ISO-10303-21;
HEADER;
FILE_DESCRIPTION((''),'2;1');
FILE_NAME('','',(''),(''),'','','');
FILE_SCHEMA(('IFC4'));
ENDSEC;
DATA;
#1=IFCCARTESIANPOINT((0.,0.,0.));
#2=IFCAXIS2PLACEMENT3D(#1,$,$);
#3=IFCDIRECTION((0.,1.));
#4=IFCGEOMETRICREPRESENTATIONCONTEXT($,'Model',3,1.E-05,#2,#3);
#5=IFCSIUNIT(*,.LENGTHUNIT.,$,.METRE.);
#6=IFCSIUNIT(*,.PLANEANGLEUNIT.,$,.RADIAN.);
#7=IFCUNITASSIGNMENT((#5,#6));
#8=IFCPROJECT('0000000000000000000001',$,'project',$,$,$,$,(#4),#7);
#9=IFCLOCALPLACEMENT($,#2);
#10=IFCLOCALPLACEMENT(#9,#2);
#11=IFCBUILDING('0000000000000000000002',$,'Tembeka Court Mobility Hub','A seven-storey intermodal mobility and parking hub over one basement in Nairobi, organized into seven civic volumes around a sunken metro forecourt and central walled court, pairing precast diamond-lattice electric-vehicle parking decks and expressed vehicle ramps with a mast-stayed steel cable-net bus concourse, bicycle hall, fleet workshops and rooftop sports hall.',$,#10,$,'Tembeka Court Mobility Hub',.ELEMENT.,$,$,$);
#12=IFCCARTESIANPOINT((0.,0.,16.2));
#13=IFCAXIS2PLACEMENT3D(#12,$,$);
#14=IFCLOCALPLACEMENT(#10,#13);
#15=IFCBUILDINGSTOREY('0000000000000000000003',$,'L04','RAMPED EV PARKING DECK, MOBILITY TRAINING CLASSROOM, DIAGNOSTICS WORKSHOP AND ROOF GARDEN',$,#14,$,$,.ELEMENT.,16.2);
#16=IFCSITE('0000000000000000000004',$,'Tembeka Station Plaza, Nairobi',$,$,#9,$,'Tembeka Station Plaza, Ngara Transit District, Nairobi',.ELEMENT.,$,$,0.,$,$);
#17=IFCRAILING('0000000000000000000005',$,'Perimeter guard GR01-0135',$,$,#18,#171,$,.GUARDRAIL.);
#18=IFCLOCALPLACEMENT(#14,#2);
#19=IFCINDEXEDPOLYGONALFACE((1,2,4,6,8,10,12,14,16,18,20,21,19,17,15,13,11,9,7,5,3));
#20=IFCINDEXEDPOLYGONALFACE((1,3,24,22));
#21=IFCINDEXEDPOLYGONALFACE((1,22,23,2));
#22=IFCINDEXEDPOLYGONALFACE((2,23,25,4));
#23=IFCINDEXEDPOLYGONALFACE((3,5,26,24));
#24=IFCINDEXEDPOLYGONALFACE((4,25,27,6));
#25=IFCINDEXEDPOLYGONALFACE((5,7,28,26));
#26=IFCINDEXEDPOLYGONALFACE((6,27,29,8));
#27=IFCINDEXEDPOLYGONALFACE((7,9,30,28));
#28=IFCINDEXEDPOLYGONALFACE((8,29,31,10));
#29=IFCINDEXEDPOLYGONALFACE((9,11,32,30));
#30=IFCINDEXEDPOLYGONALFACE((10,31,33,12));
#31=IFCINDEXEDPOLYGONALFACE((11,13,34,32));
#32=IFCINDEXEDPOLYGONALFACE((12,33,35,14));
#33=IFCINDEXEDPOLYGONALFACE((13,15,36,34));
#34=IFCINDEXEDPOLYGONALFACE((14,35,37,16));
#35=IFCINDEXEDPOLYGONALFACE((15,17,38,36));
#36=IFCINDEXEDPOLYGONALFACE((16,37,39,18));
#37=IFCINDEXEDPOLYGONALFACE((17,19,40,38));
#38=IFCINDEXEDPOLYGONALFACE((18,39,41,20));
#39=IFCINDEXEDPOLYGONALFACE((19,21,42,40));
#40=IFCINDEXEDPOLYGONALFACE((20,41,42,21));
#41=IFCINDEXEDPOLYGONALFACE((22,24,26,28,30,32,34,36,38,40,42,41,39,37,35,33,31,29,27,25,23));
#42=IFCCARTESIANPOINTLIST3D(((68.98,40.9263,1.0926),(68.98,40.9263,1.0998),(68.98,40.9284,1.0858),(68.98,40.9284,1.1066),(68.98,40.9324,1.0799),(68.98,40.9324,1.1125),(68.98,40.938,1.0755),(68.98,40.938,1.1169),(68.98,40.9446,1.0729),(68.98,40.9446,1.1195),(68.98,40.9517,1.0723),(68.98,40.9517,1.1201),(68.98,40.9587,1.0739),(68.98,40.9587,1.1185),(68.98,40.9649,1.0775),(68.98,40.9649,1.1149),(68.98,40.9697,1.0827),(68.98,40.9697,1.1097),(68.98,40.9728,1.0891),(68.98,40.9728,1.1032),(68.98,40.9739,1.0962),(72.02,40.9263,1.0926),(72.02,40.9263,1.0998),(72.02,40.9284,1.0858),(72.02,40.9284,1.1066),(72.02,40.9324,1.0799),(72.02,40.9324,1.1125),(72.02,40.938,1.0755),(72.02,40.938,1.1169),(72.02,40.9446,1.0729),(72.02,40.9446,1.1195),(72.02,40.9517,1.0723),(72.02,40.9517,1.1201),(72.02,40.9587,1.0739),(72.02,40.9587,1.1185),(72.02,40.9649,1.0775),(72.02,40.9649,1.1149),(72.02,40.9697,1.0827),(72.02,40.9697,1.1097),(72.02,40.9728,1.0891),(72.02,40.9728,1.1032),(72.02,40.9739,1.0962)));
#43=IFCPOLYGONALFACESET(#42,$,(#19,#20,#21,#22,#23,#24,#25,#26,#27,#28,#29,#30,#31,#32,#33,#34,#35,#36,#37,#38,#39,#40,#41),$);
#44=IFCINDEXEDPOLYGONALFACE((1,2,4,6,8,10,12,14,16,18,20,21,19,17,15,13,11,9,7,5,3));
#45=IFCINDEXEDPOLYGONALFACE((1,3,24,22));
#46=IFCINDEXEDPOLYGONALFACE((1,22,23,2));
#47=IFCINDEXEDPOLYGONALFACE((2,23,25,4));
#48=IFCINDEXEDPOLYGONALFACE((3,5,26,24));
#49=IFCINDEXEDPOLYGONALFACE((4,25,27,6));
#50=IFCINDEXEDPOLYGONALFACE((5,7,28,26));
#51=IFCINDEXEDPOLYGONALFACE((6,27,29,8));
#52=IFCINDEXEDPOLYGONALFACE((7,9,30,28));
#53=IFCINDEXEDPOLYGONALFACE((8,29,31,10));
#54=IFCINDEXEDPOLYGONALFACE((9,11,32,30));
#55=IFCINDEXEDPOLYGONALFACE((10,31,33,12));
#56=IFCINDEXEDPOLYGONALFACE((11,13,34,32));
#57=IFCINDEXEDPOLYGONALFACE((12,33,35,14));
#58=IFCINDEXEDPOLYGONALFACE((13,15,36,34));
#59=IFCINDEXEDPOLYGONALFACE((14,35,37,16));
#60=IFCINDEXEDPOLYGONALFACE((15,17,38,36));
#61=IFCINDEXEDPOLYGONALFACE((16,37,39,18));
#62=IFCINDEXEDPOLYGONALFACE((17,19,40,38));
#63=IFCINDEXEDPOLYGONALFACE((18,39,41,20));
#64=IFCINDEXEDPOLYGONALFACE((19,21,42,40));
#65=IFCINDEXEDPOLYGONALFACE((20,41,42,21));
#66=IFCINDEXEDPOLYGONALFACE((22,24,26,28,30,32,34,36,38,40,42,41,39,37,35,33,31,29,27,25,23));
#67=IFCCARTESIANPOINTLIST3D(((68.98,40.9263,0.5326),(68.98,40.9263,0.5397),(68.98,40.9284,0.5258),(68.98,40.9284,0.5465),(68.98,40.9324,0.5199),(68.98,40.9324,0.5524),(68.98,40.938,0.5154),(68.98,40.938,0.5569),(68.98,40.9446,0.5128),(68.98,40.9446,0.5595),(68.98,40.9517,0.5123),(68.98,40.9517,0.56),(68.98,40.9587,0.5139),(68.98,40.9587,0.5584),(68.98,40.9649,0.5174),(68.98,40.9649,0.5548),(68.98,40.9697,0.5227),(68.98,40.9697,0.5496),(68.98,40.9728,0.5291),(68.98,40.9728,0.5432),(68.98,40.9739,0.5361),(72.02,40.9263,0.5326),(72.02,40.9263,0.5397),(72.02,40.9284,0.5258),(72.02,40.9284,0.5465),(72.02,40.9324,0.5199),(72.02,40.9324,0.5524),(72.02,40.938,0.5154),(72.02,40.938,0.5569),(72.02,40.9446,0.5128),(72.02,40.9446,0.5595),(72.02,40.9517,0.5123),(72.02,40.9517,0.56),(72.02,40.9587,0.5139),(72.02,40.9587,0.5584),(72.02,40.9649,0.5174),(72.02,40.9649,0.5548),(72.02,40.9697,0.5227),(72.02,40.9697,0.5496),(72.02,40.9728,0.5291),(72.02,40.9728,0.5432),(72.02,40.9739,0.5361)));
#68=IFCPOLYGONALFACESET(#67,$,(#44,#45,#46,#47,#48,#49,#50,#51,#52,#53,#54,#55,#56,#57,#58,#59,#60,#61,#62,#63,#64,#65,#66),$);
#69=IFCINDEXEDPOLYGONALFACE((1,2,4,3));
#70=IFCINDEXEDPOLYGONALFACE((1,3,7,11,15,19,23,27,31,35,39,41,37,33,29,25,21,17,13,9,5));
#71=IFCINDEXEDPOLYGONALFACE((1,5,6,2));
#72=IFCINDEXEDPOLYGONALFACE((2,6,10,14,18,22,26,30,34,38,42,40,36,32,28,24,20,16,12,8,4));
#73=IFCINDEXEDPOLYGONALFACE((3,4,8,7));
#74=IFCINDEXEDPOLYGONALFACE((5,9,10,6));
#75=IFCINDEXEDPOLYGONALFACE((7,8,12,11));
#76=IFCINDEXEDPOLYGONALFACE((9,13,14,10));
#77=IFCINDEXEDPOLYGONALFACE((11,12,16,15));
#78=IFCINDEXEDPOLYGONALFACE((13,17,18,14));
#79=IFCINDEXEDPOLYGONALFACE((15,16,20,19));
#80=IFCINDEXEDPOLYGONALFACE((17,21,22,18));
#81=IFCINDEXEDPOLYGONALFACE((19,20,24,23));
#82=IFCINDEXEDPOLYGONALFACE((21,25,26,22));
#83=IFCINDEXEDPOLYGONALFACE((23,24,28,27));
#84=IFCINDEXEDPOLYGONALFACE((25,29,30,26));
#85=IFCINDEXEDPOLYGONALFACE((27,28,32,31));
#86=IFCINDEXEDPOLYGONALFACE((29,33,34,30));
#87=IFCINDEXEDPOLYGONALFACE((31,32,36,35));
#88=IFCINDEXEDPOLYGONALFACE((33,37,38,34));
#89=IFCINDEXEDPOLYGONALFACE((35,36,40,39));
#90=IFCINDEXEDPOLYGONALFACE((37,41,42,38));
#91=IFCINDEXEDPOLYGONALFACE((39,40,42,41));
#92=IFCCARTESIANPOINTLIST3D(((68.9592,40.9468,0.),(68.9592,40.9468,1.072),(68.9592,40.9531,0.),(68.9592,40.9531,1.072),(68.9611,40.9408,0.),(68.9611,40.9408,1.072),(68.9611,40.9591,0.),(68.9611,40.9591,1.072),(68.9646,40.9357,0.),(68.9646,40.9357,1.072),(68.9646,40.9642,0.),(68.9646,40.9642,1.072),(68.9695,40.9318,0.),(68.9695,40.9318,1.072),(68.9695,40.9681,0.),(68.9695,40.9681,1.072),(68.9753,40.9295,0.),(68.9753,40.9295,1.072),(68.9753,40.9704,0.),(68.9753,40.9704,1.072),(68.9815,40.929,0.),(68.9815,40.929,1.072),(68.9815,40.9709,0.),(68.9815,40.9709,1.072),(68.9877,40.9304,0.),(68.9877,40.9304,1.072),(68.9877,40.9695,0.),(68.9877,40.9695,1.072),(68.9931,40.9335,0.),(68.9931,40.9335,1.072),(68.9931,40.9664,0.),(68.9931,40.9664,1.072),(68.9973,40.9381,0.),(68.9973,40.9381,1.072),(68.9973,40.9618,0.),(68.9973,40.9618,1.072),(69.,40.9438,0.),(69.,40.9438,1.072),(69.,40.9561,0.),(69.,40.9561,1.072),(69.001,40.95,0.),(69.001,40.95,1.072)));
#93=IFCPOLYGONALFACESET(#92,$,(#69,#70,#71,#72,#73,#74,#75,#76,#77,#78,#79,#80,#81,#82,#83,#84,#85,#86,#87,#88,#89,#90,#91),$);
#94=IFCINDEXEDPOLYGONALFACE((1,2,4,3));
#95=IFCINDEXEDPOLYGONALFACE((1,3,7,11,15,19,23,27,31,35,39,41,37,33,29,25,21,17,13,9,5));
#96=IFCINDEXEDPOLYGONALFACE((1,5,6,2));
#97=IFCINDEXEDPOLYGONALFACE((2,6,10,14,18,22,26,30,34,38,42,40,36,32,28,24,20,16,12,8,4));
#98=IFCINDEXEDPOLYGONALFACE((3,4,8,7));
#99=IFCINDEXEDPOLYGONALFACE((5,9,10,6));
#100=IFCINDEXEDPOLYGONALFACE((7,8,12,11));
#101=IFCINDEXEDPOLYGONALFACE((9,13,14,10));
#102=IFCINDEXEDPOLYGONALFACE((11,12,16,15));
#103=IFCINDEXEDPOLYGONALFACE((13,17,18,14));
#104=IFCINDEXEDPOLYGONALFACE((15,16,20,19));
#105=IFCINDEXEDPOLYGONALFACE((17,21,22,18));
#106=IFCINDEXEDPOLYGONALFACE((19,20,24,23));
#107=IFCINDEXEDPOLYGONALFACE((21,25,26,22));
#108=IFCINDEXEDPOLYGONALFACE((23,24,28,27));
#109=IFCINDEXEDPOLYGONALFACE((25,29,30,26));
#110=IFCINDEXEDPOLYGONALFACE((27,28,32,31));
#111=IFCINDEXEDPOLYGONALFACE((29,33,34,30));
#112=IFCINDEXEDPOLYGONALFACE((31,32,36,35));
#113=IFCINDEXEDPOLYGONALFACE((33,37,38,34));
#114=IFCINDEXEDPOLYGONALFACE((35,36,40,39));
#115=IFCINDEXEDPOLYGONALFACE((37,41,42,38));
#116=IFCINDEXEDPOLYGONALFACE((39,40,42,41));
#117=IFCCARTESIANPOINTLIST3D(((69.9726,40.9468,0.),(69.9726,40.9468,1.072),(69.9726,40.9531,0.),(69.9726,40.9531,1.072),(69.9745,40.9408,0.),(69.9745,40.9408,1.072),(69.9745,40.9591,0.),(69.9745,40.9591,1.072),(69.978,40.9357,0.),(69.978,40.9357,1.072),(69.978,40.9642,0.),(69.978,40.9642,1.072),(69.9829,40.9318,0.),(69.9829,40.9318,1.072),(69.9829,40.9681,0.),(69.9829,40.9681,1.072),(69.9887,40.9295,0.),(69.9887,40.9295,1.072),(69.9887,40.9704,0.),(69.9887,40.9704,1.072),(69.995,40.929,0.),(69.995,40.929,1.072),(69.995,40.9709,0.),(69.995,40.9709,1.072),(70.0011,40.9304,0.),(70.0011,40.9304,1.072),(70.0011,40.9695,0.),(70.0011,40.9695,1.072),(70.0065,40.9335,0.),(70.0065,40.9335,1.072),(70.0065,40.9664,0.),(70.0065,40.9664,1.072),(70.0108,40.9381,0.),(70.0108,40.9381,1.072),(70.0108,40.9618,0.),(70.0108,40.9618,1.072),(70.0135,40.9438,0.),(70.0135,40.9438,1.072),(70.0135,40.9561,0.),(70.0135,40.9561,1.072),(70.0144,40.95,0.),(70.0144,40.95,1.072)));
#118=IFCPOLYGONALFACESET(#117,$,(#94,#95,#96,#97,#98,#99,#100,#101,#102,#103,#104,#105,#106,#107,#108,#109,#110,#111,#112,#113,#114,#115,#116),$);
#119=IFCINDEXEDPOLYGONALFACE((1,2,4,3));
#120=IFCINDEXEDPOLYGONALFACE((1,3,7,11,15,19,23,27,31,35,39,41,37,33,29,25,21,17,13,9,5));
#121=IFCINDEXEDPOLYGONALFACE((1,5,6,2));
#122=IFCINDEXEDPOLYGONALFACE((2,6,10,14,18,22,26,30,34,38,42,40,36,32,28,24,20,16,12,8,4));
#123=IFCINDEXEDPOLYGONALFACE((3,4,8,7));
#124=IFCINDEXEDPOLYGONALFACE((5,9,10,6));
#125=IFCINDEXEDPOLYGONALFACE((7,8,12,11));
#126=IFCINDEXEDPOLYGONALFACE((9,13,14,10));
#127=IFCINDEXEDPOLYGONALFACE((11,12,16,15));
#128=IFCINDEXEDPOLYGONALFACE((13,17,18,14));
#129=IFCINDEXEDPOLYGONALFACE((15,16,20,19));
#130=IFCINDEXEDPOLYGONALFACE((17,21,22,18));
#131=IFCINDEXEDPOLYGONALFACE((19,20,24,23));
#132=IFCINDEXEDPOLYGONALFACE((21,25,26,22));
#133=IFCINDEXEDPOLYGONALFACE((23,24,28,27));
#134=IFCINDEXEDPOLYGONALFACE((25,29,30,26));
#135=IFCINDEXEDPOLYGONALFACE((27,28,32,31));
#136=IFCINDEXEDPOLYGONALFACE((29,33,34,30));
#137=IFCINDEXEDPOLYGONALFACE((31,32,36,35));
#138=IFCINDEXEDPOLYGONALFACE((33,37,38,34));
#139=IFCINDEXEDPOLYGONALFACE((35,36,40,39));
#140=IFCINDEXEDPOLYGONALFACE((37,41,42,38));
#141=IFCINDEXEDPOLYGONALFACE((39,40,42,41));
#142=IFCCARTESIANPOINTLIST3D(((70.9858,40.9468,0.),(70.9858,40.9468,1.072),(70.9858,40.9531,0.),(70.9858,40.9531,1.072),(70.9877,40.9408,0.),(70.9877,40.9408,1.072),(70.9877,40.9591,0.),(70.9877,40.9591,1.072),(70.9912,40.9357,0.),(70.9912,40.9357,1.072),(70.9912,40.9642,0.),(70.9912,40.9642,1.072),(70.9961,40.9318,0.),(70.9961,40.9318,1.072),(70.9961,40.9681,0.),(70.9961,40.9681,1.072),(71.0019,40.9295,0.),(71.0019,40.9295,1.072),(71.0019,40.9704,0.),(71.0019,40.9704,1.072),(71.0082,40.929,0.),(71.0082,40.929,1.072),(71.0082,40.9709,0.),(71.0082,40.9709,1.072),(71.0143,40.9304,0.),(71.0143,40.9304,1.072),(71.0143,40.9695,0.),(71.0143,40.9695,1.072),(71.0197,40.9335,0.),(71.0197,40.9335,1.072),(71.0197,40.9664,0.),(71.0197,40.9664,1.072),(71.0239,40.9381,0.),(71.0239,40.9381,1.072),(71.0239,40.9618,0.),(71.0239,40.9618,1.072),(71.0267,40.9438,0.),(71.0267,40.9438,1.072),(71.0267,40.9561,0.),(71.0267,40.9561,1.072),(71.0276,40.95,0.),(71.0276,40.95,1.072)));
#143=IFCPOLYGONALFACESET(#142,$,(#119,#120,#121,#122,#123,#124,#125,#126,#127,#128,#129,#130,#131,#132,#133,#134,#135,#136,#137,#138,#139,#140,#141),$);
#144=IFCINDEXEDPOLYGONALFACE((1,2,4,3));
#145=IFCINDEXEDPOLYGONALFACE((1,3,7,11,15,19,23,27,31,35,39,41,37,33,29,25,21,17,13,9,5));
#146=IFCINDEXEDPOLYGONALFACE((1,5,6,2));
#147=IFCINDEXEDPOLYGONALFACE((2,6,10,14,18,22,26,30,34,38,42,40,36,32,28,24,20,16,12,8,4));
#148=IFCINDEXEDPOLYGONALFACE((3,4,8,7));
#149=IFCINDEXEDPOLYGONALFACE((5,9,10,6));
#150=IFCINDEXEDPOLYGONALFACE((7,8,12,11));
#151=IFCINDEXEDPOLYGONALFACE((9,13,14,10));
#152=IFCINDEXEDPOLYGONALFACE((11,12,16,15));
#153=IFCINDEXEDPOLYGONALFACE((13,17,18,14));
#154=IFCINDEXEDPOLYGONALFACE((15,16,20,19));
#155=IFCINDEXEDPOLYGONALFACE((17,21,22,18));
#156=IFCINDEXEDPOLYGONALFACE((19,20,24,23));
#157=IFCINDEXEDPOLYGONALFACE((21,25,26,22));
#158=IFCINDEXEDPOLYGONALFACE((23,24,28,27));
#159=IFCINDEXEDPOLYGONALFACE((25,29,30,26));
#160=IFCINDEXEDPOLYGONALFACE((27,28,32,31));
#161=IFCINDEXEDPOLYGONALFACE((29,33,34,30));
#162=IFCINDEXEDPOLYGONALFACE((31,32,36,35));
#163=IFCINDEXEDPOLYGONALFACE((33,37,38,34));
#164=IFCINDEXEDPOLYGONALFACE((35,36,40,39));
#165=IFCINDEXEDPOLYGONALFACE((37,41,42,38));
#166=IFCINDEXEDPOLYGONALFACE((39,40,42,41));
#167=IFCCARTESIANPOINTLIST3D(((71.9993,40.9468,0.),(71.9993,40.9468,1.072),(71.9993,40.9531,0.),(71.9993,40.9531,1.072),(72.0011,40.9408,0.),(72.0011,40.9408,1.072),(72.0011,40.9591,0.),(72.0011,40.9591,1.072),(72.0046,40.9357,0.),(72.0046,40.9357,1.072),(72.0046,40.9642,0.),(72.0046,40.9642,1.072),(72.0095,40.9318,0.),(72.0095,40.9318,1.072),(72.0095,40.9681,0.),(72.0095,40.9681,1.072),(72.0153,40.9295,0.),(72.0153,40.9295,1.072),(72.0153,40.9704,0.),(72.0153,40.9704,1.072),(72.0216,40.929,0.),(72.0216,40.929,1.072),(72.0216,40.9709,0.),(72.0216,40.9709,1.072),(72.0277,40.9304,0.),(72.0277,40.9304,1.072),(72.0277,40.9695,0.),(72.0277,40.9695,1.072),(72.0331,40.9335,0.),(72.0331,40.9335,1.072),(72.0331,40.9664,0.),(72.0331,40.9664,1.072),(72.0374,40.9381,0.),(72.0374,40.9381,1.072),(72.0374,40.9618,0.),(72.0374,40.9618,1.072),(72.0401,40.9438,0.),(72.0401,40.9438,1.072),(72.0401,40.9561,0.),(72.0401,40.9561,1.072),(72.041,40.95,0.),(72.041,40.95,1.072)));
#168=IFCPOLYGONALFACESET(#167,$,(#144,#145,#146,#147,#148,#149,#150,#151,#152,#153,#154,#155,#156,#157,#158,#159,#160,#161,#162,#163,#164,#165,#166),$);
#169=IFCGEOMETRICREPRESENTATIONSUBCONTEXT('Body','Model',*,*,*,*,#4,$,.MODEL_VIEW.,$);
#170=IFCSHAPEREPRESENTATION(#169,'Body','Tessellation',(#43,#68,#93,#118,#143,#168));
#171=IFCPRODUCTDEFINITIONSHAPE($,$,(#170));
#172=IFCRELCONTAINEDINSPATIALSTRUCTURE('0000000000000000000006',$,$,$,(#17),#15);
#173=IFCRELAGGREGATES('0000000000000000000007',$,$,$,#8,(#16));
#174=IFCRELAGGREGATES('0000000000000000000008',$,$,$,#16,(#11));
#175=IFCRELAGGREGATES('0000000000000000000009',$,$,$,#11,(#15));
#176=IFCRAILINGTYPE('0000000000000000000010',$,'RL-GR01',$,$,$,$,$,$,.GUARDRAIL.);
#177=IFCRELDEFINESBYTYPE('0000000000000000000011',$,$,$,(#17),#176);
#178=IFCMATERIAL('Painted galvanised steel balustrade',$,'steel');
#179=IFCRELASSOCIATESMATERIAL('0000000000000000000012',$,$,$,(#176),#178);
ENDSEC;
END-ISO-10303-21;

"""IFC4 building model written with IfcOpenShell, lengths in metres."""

from ifc_helpers import new_model, si_unit, direction, frame, origin, origin_2d, place, context, subcontext, project, spatial, circle, extrude, material, type_object, element, save


model = new_model("IFC4")

# Units and contexts
model_context = context("Model", 3, precision=1e-05, world=origin(), true_north=direction((0.0, 1.0)))
body_context = subcontext(model_context, "Body", "Model", "MODEL_VIEW")
ifc_project = project(units=[si_unit("LENGTHUNIT", "METRE"), si_unit("PLANEANGLEUNIT", "RADIAN")], contexts=[model_context])

# Site, building, storey
site_placement = place(None, origin())
site = spatial("IfcSite", under=ifc_project, at=site_placement, Name="Tembeka Station Plaza, Nairobi", LongName="Tembeka Station Plaza, Ngara Transit District, Nairobi", CompositionType="ELEMENT", RefElevation=0.0)
building_placement = place(site_placement, origin())
building = spatial("IfcBuilding", under=site, at=building_placement, Name="Tembeka Court Mobility Hub", Description="A seven-storey intermodal mobility and parking hub over one basement in Nairobi, organized into seven civic volumes around a sunken metro forecourt and central walled court, pairing precast diamond-lattice electric-vehicle parking decks and expressed vehicle ramps with a mast-stayed steel cable-net bus concourse, bicycle hall, fleet workshops and rooftop sports hall.", LongName="Tembeka Court Mobility Hub", CompositionType="ELEMENT")
storey_placement = place(building_placement, frame((0.0, 0.0, 16.2)))
storey = spatial("IfcBuildingStorey", under=building, at=storey_placement, Name="L04", Description="RAMPED EV PARKING DECK, MOBILITY TRAINING CLASSROOM, DIAGNOSTICS WORKSHOP AND ROOF GARDEN", CompositionType="ELEMENT", Elevation=16.2)

# Railing
ifc_material_1 = material(Name="Painted galvanised steel balustrade", Category="steel")
railing_type = type_object("IfcRailingType", Name="RL-GR01", PredefinedType="GUARDRAIL", material=ifc_material_1)
railing_1_placement = place(storey_placement, frame((68.98, 40.95, 0.0)))
element("IfcRailing", 1, at=railing_1_placement, inside=storey, type_object=railing_type, Name="Perimeter guard GR01-0135", PredefinedType="GUARDRAIL", context=body_context, shape_type="SweptSolid", body=[
    extrude(circle(Radius=0.0239, at=origin_2d()), frame((0.0, 0.0, 1.0962), z_axis=(1.0, 0.0, 0.0), x_axis=(0.0, 1.0, 0.0)), (0.0, 0.0, 1.0), 3.04),
    extrude(circle(Radius=0.0239, at=origin_2d()), frame((0.0, 0.0, 0.5361), z_axis=(1.0, 0.0, 0.0), x_axis=(0.0, 1.0, 0.0)), (0.0, 0.0, 1.0), 3.04),
    extrude(circle(Radius=0.021, at=origin_2d()), origin(), (0.0, 0.0, 1.0), 1.072),
    extrude(circle(Radius=0.021, at=origin_2d()), frame((1.0134, 0.0, 0.0)), (0.0, 0.0, 1.0), 1.072),
    extrude(circle(Radius=0.021, at=origin_2d()), frame((2.0266, 0.0, 0.0)), (0.0, 0.0, 1.0), 1.072),
    extrude(circle(Radius=0.021, at=origin_2d()), frame((3.04, 0.0, 0.0)), (0.0, 0.0, 1.0), 1.072),
])

save(model, "model.ifc")
